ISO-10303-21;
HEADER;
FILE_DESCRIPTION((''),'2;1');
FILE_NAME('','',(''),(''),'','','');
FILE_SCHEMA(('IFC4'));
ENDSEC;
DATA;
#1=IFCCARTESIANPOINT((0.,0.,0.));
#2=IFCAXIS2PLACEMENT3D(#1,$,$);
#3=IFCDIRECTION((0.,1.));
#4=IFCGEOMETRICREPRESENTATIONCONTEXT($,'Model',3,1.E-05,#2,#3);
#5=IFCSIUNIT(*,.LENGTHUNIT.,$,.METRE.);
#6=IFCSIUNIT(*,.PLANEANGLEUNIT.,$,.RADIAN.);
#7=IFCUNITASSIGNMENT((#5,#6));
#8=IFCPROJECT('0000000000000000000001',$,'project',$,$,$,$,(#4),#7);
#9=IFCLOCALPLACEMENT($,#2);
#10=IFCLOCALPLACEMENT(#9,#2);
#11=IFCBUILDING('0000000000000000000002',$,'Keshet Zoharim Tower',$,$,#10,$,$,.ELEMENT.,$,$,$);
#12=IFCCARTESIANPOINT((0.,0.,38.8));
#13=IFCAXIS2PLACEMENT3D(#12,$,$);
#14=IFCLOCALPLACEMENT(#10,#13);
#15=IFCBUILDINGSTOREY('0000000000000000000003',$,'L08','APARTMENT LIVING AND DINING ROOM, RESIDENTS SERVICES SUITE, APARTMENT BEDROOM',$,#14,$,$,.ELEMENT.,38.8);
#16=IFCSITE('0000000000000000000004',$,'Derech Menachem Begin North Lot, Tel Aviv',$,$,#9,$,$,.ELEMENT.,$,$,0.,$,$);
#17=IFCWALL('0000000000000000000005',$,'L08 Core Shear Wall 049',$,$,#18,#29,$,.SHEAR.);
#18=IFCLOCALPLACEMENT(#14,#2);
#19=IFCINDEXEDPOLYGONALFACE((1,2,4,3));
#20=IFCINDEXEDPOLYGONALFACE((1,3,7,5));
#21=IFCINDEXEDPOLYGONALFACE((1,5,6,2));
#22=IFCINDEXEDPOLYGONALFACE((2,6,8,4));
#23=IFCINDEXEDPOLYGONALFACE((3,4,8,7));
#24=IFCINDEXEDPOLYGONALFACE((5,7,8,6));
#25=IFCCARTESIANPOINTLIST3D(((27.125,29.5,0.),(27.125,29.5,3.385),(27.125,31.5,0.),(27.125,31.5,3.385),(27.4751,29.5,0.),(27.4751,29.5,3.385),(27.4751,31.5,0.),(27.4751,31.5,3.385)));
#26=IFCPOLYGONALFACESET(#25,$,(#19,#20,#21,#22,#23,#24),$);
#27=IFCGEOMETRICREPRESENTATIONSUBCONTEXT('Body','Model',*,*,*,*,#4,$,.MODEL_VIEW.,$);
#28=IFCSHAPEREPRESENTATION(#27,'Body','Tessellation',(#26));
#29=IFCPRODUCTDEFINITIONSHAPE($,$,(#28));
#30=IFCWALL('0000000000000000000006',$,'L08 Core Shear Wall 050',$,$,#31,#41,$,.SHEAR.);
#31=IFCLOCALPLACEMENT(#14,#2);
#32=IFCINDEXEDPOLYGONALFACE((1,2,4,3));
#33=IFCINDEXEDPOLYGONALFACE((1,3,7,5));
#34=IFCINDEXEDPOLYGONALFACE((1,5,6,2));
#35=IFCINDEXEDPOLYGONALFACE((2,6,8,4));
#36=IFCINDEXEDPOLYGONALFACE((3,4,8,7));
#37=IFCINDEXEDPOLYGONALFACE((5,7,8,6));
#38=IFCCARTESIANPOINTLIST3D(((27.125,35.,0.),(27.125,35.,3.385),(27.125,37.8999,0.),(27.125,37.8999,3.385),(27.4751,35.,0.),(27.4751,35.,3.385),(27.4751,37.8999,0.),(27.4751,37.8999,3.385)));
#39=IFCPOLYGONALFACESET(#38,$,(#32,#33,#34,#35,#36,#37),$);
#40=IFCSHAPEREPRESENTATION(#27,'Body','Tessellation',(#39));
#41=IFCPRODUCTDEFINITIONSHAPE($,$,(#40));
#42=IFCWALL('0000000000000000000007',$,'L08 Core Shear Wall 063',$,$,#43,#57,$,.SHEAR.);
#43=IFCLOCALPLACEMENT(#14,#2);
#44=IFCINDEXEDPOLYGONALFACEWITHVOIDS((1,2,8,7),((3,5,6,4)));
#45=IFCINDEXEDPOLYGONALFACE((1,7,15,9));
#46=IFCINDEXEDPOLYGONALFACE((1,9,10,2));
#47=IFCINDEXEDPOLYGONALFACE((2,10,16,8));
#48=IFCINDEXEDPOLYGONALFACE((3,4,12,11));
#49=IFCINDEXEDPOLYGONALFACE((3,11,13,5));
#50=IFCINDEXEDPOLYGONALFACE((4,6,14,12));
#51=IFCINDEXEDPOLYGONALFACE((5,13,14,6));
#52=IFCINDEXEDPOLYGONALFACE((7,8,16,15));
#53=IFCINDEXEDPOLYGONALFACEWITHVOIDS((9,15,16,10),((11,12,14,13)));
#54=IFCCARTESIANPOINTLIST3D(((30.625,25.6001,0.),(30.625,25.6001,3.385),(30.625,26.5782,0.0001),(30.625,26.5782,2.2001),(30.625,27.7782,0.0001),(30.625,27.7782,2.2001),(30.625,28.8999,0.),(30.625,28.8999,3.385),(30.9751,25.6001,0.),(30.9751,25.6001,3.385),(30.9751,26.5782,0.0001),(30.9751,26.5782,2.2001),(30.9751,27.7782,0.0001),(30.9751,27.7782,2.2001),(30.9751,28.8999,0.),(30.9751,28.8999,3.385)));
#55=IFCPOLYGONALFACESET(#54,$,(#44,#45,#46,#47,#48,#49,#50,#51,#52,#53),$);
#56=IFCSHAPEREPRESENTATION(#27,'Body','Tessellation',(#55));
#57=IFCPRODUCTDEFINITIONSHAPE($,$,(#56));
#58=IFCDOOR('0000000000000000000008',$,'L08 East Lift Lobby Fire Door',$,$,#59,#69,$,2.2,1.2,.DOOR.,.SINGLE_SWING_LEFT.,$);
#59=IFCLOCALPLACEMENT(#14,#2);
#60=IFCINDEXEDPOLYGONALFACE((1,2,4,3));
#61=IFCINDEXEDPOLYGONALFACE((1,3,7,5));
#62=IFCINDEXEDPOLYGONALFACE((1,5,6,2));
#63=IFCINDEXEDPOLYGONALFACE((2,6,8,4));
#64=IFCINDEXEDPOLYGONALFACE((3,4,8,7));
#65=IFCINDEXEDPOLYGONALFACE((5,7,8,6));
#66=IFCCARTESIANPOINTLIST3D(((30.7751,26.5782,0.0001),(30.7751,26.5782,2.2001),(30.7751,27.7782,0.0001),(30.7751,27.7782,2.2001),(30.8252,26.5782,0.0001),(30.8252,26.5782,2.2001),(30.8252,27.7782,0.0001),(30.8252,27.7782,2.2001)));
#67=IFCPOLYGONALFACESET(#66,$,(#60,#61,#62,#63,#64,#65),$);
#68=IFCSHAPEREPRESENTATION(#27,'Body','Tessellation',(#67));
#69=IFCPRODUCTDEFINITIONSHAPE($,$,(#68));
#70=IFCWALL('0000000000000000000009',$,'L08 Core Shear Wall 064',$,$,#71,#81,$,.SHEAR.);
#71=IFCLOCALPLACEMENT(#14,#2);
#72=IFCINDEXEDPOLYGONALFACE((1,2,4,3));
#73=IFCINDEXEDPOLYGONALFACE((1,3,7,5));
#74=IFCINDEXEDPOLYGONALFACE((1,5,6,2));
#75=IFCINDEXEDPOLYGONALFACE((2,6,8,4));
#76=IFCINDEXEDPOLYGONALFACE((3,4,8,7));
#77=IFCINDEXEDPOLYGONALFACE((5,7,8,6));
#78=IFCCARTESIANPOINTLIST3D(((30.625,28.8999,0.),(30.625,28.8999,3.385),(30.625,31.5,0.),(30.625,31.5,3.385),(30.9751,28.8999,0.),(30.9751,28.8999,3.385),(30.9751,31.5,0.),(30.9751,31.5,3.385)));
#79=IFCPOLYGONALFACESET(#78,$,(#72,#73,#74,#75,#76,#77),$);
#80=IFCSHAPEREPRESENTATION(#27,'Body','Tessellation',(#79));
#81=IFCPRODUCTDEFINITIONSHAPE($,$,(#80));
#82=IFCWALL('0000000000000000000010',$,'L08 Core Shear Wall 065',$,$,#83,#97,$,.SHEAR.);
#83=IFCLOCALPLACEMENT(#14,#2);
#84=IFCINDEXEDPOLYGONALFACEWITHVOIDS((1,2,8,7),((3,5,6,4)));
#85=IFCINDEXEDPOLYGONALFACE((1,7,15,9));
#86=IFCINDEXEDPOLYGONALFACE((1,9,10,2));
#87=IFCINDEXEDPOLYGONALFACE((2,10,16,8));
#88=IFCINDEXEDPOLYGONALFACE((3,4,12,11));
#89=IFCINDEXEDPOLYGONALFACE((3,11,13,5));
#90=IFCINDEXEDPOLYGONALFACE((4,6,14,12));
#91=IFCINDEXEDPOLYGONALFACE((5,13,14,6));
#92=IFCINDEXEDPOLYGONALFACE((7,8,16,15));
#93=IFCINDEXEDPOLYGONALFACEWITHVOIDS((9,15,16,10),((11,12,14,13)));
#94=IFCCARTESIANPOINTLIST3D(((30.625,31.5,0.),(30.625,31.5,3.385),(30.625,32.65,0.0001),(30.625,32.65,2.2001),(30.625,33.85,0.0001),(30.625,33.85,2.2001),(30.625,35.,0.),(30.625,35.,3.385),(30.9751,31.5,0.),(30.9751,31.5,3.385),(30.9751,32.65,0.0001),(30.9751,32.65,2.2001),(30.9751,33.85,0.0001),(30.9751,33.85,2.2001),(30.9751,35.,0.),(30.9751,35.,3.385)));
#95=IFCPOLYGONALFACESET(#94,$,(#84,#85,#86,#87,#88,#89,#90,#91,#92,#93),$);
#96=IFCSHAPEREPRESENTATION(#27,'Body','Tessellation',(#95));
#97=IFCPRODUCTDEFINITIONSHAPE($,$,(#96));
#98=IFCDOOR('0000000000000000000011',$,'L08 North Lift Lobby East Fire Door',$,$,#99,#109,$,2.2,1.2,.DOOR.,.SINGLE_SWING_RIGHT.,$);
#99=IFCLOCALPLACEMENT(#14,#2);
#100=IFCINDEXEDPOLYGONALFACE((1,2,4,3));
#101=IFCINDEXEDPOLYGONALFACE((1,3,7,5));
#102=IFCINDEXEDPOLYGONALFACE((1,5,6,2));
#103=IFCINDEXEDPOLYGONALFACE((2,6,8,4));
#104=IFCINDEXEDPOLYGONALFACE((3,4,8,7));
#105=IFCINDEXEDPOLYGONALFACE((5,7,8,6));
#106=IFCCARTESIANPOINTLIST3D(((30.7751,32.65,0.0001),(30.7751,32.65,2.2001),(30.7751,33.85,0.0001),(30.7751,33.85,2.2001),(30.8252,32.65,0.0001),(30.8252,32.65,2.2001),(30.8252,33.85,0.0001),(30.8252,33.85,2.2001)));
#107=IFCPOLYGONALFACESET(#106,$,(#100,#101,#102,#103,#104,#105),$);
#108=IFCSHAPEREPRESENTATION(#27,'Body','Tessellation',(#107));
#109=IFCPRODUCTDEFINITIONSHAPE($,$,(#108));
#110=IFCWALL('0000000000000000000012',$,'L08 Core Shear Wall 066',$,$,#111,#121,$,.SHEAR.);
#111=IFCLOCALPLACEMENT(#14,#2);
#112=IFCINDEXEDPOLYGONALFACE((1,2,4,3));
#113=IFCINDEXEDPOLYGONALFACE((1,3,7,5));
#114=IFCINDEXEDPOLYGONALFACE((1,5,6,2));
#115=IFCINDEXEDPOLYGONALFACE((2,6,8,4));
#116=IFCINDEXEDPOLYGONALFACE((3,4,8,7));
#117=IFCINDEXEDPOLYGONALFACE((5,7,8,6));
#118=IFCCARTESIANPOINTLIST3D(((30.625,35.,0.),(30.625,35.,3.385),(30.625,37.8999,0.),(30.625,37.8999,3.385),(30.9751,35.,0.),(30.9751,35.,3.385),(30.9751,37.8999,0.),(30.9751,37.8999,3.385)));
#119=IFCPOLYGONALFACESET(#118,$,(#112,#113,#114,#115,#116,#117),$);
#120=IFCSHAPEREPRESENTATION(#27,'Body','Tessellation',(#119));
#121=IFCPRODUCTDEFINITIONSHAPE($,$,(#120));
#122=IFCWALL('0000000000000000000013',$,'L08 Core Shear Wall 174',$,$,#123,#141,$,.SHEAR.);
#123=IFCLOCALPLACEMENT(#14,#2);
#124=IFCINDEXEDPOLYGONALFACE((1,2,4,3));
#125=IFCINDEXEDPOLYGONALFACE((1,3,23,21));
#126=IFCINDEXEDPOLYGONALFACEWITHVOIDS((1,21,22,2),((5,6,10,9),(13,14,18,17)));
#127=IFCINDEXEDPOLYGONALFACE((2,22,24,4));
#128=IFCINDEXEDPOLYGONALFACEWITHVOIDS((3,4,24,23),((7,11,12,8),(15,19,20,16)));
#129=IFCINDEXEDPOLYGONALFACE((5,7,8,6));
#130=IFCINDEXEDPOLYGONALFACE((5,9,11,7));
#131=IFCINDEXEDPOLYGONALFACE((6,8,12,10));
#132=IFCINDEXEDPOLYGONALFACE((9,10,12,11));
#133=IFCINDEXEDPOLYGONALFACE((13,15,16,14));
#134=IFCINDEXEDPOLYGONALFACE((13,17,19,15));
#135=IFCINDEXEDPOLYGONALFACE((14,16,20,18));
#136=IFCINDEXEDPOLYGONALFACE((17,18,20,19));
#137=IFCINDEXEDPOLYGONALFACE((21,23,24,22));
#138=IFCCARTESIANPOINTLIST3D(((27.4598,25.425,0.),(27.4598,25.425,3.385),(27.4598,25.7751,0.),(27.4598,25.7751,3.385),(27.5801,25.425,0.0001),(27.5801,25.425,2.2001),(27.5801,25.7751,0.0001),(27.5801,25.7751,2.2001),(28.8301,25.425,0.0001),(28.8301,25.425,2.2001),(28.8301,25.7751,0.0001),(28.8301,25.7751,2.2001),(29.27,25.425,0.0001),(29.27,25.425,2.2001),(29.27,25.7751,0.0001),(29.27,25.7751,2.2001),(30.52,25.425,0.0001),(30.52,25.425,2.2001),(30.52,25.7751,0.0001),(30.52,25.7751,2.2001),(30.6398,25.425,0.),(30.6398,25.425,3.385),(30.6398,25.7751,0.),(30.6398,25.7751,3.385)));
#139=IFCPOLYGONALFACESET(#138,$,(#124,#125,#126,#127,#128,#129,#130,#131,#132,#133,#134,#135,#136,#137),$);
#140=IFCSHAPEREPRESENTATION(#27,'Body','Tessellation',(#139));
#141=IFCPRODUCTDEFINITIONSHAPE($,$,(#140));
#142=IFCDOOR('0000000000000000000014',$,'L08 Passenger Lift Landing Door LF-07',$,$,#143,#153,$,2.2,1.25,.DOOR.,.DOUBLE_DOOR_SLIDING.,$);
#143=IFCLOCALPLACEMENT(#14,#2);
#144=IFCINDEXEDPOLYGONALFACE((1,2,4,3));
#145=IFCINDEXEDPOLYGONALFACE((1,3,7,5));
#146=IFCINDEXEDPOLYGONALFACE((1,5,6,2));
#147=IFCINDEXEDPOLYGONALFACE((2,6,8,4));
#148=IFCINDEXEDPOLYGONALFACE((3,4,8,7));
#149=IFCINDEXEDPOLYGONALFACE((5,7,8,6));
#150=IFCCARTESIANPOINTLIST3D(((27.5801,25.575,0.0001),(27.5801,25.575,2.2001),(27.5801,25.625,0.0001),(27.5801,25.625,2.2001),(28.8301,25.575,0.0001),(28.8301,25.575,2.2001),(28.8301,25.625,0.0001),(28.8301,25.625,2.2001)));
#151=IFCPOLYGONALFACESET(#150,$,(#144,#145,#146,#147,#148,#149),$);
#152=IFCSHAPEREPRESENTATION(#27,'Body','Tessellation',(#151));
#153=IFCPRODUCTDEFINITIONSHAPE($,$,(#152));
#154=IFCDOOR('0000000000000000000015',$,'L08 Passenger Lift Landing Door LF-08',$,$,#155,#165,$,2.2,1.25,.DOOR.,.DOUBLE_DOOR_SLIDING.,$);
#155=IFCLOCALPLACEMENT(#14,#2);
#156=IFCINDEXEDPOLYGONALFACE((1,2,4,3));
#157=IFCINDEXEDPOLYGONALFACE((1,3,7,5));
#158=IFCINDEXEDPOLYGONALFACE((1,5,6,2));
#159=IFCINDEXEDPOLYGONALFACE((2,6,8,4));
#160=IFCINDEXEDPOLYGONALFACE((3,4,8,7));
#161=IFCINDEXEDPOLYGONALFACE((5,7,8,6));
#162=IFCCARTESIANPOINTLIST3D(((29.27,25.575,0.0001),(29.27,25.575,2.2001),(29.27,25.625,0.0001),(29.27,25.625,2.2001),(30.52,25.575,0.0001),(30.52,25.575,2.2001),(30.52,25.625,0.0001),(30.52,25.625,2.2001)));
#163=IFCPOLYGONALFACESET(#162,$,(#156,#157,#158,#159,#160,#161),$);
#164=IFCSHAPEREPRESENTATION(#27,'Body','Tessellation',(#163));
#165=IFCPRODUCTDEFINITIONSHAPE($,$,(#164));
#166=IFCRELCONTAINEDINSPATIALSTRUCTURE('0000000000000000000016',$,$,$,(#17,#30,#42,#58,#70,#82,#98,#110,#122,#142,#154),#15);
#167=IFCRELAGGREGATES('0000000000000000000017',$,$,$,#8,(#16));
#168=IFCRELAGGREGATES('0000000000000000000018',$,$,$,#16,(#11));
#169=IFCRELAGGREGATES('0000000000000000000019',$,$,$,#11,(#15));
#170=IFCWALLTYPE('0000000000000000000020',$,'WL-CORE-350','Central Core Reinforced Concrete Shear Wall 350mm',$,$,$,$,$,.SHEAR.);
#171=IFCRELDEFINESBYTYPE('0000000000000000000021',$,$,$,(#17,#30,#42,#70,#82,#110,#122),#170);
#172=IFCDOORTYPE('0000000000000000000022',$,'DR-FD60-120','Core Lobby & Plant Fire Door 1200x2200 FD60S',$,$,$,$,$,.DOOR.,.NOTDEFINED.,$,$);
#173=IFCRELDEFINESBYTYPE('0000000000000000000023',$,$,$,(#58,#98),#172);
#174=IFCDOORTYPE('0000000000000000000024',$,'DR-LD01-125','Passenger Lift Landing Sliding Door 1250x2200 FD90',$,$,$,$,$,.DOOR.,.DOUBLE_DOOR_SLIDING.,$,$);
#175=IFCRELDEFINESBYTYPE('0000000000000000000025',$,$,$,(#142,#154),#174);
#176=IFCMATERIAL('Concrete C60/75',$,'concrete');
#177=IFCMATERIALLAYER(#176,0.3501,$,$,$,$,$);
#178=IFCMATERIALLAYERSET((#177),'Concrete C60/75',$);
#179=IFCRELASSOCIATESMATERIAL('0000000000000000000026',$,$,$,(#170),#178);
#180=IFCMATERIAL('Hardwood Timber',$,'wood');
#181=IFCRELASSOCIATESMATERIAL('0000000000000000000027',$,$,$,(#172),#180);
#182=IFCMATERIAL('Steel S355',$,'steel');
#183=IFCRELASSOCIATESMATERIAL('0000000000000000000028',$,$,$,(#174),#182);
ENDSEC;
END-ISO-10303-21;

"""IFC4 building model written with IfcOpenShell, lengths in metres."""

from ifc_helpers import new_model, si_unit, direction, frame, frame_2d, origin, place, context, subcontext, project, spatial, rectangle, extrude, material, layer, layer_set, type_object, element, fill, save


model = new_model("IFC4")

# Units and contexts
model_context = context("Model", 3, precision=1e-05, world=origin(), true_north=direction((0.0, 1.0)))
body_context = subcontext(model_context, "Body", "Model", "MODEL_VIEW")
ifc_project = project(units=[si_unit("LENGTHUNIT", "METRE"), si_unit("PLANEANGLEUNIT", "RADIAN")], contexts=[model_context])

# Site, building, storey
site_placement = place(None, origin())
site = spatial("IfcSite", under=ifc_project, at=site_placement, Name="Derech Menachem Begin North Lot, Tel Aviv", CompositionType="ELEMENT", RefElevation=0.0)
building_placement = place(site_placement, origin())
building = spatial("IfcBuilding", under=site, at=building_placement, Name="Keshet Zoharim Tower", CompositionType="ELEMENT")
storey_placement = place(building_placement, frame((0.0, 0.0, 38.8)))
storey = spatial("IfcBuildingStorey", under=building, at=storey_placement, Name="L08", Description="APARTMENT LIVING AND DINING ROOM, RESIDENTS SERVICES SUITE, APARTMENT BEDROOM", CompositionType="ELEMENT", Elevation=38.8)

# Shared definitions
ifc_material_1 = material(Name="Concrete C60/75", Category="concrete")

# Shared definitions
ifc_material_2 = material(Name="Steel S355", Category="steel")

# Walls
ifc_layer_1 = layer(ifc_material_1, 0.3501)
ifc_layer_set_1 = layer_set([ifc_layer_1], Name="Concrete C60/75")
wall_type_1 = type_object("IfcWallType", Name="WL-CORE-350", Description="Central Core Reinforced Concrete Shear Wall 350mm", PredefinedType="SHEAR", material=ifc_layer_set_1)
wall_1_placement = place(storey_placement, frame((27.3, 29.5, 0.0), z_axis=(0.0, 0.0, 1.0), x_axis=(0.0, 1.0, 0.0)))
element("IfcWall", 1, at=wall_1_placement, inside=storey, type_object=wall_type_1, Name="L08 Core Shear Wall 049", PredefinedType="SHEAR", context=body_context, shape_type="SweptSolid", body=[
    extrude(rectangle(XDim=2.0, YDim=0.3501, at=frame_2d((1.0, 0.0))), origin(), (0.0, 0.0, 1.0), 3.385),
])
wall_2_placement = place(storey_placement, frame((27.3, 35.0, 0.0), z_axis=(0.0, 0.0, 1.0), x_axis=(0.0, 1.0, 0.0)))
element("IfcWall", 2, at=wall_2_placement, inside=storey, type_object=wall_type_1, Name="L08 Core Shear Wall 050", PredefinedType="SHEAR", context=body_context, shape_type="SweptSolid", body=[
    extrude(rectangle(XDim=2.8999, YDim=0.3501, at=frame_2d((1.45, 0.0))), origin(), (0.0, 0.0, 1.0), 3.385),
])

# Wall, opening, door
wall_3_placement = place(storey_placement, frame((30.8, 25.6001, 0.0), z_axis=(0.0, 0.0, 1.0), x_axis=(0.0, 1.0, 0.0)))
wall_3 = element("IfcWall", 3, at=wall_3_placement, inside=storey, type_object=wall_type_1, Name="L08 Core Shear Wall 063", PredefinedType="SHEAR", context=body_context, shape_type="SweptSolid", body=[
    extrude(rectangle(XDim=3.2998, YDim=0.3501, at=frame_2d((1.6499, 0.0))), origin(), (0.0, 0.0, 1.0), 3.385),
])
opening_1_placement = place(wall_3_placement, frame((0.978, 0.0, 0.0)))
opening_1 = element("IfcOpeningElement", 4, at=opening_1_placement, cuts=wall_3, PredefinedType="OPENING", context=body_context, shape_type="SweptSolid", body=[
    extrude(rectangle(XDim=1.2, YDim=2.2, at=frame_2d((0.6001, 1.1001))), frame((0.0, 0.1851, 0.0), z_axis=(0.0, -1.0, 0.0), x_axis=(1.0, 0.0, 0.0)), (0.0, 0.0, 1.0), 0.3701),
])
ifc_material_3 = material(Name="Hardwood Timber", Category="wood")
door_type_1 = type_object("IfcDoorType", Name="DR-FD60-120", Description="Core Lobby & Plant Fire Door 1200x2200 FD60S", OperationType="NOTDEFINED", PredefinedType="DOOR", material=ifc_material_3)
door_1_placement = place(opening_1_placement, origin())
door_1 = element("IfcDoor", 5, at=door_1_placement, inside=storey, type_object=door_type_1, Name="L08 East Lift Lobby Fire Door", OperationType="SINGLE_SWING_LEFT", OverallHeight=2.2, OverallWidth=1.2, PredefinedType="DOOR", context=body_context, shape_type="SweptSolid", body=[
    extrude(rectangle(XDim=1.2, YDim=2.2, at=frame_2d((0.6001, 1.1001))), frame((0.0, 0.0249, 0.0), z_axis=(0.0, -1.0, 0.0), x_axis=(1.0, 0.0, 0.0)), (0.0, 0.0, 1.0), 0.05),
])
fill(opening_1, door_1)

# Wall
wall_4_placement = place(storey_placement, frame((30.8, 28.8999, 0.0), z_axis=(0.0, 0.0, 1.0), x_axis=(0.0, 1.0, 0.0)))
element("IfcWall", 6, at=wall_4_placement, inside=storey, type_object=wall_type_1, Name="L08 Core Shear Wall 064", PredefinedType="SHEAR", context=body_context, shape_type="SweptSolid", body=[
    extrude(rectangle(XDim=2.6001, YDim=0.3501, at=frame_2d((1.3, 0.0))), origin(), (0.0, 0.0, 1.0), 3.385),
])

# Wall, opening, door
wall_5_placement = place(storey_placement, frame((30.8, 31.5, 0.0), z_axis=(0.0, 0.0, 1.0), x_axis=(0.0, 1.0, 0.0)))
wall_5 = element("IfcWall", 7, at=wall_5_placement, inside=storey, type_object=wall_type_1, Name="L08 Core Shear Wall 065", PredefinedType="SHEAR", context=body_context, shape_type="SweptSolid", body=[
    extrude(rectangle(XDim=3.5, YDim=0.3501, at=frame_2d((1.75, 0.0))), origin(), (0.0, 0.0, 1.0), 3.385),
])
opening_2_placement = place(wall_5_placement, frame((1.1499, 0.0, 0.0)))
opening_2 = element("IfcOpeningElement", 8, at=opening_2_placement, cuts=wall_5, PredefinedType="OPENING", context=body_context, shape_type="SweptSolid", body=[
    extrude(rectangle(XDim=1.2, YDim=2.2, at=frame_2d((0.6001, 1.1001))), frame((0.0, 0.1851, 0.0), z_axis=(0.0, -1.0, 0.0), x_axis=(1.0, 0.0, 0.0)), (0.0, 0.0, 1.0), 0.3701),
])
door_2_placement = place(opening_2_placement, origin())
door_2 = element("IfcDoor", 9, at=door_2_placement, inside=storey, type_object=door_type_1, Name="L08 North Lift Lobby East Fire Door", OperationType="SINGLE_SWING_RIGHT", OverallHeight=2.2, OverallWidth=1.2, PredefinedType="DOOR", context=body_context, shape_type="SweptSolid", body=[
    extrude(rectangle(XDim=1.2, YDim=2.2, at=frame_2d((0.6001, 1.1001))), frame((0.0, 0.0249, 0.0), z_axis=(0.0, -1.0, 0.0), x_axis=(1.0, 0.0, 0.0)), (0.0, 0.0, 1.0), 0.05),
])
fill(opening_2, door_2)

# Wall
wall_6_placement = place(storey_placement, frame((30.8, 35.0, 0.0), z_axis=(0.0, 0.0, 1.0), x_axis=(0.0, 1.0, 0.0)))
element("IfcWall", 10, at=wall_6_placement, inside=storey, type_object=wall_type_1, Name="L08 Core Shear Wall 066", PredefinedType="SHEAR", context=body_context, shape_type="SweptSolid", body=[
    extrude(rectangle(XDim=2.8999, YDim=0.3501, at=frame_2d((1.45, 0.0))), origin(), (0.0, 0.0, 1.0), 3.385),
])

# Wall, openings, doors
wall_7_placement = place(storey_placement, frame((27.46, 25.6001, 0.0), z_axis=(0.0, 0.0, 1.0), x_axis=(1.0, 0.0, 0.0)))
wall_7 = element("IfcWall", 11, at=wall_7_placement, inside=storey, type_object=wall_type_1, Name="L08 Core Shear Wall 174", PredefinedType="SHEAR", context=body_context, shape_type="SweptSolid", body=[
    extrude(rectangle(XDim=3.1799, YDim=0.3501, at=frame_2d((1.5898, 0.0))), origin(), (0.0, 0.0, 1.0), 3.385),
])
opening_3_placement = place(wall_7_placement, frame((0.1201, 0.0, 0.0)))
opening_3 = element("IfcOpeningElement", 12, at=opening_3_placement, cuts=wall_7, PredefinedType="OPENING", context=body_context, shape_type="SweptSolid", body=[
    extrude(rectangle(XDim=1.25, YDim=2.2, at=frame_2d((0.625, 1.1001))), frame((0.0, 0.1851, 0.0), z_axis=(0.0, -1.0, 0.0), x_axis=(1.0, 0.0, 0.0)), (0.0, 0.0, 1.0), 0.3701),
])
opening_4_placement = place(wall_7_placement, frame((1.8101, 0.0, 0.0)))
opening_4 = element("IfcOpeningElement", 13, at=opening_4_placement, cuts=wall_7, PredefinedType="OPENING", context=body_context, shape_type="SweptSolid", body=[
    extrude(rectangle(XDim=1.25, YDim=2.2, at=frame_2d((0.625, 1.1001))), frame((0.0, 0.1851, 0.0), z_axis=(0.0, -1.0, 0.0), x_axis=(1.0, 0.0, 0.0)), (0.0, 0.0, 1.0), 0.3701),
])
door_type_2 = type_object("IfcDoorType", Name="DR-LD01-125", Description="Passenger Lift Landing Sliding Door 1250x2200 FD90", OperationType="DOUBLE_DOOR_SLIDING", PredefinedType="DOOR", material=ifc_material_2)
door_3_placement = place(opening_3_placement, origin())
door_3 = element("IfcDoor", 14, at=door_3_placement, inside=storey, type_object=door_type_2, Name="L08 Passenger Lift Landing Door LF-07", OperationType="DOUBLE_DOOR_SLIDING", OverallHeight=2.2, OverallWidth=1.25, PredefinedType="DOOR", context=body_context, shape_type="SweptSolid", body=[
    extrude(rectangle(XDim=1.25, YDim=2.2, at=frame_2d((0.625, 1.1001))), frame((0.0, 0.0249, 0.0), z_axis=(0.0, -1.0, 0.0), x_axis=(1.0, 0.0, 0.0)), (0.0, 0.0, 1.0), 0.05),
])
fill(opening_3, door_3)
door_4_placement = place(opening_4_placement, origin())
door_4 = element("IfcDoor", 15, at=door_4_placement, inside=storey, type_object=door_type_2, Name="L08 Passenger Lift Landing Door LF-08", OperationType="DOUBLE_DOOR_SLIDING", OverallHeight=2.2, OverallWidth=1.25, PredefinedType="DOOR", context=body_context, shape_type="SweptSolid", body=[
    extrude(rectangle(XDim=1.25, YDim=2.2, at=frame_2d((0.625, 1.1001))), frame((0.0, 0.0249, 0.0), z_axis=(0.0, -1.0, 0.0), x_axis=(1.0, 0.0, 0.0)), (0.0, 0.0, 1.0), 0.05),
])
fill(opening_4, door_4)

save(model, "model.ifc")
